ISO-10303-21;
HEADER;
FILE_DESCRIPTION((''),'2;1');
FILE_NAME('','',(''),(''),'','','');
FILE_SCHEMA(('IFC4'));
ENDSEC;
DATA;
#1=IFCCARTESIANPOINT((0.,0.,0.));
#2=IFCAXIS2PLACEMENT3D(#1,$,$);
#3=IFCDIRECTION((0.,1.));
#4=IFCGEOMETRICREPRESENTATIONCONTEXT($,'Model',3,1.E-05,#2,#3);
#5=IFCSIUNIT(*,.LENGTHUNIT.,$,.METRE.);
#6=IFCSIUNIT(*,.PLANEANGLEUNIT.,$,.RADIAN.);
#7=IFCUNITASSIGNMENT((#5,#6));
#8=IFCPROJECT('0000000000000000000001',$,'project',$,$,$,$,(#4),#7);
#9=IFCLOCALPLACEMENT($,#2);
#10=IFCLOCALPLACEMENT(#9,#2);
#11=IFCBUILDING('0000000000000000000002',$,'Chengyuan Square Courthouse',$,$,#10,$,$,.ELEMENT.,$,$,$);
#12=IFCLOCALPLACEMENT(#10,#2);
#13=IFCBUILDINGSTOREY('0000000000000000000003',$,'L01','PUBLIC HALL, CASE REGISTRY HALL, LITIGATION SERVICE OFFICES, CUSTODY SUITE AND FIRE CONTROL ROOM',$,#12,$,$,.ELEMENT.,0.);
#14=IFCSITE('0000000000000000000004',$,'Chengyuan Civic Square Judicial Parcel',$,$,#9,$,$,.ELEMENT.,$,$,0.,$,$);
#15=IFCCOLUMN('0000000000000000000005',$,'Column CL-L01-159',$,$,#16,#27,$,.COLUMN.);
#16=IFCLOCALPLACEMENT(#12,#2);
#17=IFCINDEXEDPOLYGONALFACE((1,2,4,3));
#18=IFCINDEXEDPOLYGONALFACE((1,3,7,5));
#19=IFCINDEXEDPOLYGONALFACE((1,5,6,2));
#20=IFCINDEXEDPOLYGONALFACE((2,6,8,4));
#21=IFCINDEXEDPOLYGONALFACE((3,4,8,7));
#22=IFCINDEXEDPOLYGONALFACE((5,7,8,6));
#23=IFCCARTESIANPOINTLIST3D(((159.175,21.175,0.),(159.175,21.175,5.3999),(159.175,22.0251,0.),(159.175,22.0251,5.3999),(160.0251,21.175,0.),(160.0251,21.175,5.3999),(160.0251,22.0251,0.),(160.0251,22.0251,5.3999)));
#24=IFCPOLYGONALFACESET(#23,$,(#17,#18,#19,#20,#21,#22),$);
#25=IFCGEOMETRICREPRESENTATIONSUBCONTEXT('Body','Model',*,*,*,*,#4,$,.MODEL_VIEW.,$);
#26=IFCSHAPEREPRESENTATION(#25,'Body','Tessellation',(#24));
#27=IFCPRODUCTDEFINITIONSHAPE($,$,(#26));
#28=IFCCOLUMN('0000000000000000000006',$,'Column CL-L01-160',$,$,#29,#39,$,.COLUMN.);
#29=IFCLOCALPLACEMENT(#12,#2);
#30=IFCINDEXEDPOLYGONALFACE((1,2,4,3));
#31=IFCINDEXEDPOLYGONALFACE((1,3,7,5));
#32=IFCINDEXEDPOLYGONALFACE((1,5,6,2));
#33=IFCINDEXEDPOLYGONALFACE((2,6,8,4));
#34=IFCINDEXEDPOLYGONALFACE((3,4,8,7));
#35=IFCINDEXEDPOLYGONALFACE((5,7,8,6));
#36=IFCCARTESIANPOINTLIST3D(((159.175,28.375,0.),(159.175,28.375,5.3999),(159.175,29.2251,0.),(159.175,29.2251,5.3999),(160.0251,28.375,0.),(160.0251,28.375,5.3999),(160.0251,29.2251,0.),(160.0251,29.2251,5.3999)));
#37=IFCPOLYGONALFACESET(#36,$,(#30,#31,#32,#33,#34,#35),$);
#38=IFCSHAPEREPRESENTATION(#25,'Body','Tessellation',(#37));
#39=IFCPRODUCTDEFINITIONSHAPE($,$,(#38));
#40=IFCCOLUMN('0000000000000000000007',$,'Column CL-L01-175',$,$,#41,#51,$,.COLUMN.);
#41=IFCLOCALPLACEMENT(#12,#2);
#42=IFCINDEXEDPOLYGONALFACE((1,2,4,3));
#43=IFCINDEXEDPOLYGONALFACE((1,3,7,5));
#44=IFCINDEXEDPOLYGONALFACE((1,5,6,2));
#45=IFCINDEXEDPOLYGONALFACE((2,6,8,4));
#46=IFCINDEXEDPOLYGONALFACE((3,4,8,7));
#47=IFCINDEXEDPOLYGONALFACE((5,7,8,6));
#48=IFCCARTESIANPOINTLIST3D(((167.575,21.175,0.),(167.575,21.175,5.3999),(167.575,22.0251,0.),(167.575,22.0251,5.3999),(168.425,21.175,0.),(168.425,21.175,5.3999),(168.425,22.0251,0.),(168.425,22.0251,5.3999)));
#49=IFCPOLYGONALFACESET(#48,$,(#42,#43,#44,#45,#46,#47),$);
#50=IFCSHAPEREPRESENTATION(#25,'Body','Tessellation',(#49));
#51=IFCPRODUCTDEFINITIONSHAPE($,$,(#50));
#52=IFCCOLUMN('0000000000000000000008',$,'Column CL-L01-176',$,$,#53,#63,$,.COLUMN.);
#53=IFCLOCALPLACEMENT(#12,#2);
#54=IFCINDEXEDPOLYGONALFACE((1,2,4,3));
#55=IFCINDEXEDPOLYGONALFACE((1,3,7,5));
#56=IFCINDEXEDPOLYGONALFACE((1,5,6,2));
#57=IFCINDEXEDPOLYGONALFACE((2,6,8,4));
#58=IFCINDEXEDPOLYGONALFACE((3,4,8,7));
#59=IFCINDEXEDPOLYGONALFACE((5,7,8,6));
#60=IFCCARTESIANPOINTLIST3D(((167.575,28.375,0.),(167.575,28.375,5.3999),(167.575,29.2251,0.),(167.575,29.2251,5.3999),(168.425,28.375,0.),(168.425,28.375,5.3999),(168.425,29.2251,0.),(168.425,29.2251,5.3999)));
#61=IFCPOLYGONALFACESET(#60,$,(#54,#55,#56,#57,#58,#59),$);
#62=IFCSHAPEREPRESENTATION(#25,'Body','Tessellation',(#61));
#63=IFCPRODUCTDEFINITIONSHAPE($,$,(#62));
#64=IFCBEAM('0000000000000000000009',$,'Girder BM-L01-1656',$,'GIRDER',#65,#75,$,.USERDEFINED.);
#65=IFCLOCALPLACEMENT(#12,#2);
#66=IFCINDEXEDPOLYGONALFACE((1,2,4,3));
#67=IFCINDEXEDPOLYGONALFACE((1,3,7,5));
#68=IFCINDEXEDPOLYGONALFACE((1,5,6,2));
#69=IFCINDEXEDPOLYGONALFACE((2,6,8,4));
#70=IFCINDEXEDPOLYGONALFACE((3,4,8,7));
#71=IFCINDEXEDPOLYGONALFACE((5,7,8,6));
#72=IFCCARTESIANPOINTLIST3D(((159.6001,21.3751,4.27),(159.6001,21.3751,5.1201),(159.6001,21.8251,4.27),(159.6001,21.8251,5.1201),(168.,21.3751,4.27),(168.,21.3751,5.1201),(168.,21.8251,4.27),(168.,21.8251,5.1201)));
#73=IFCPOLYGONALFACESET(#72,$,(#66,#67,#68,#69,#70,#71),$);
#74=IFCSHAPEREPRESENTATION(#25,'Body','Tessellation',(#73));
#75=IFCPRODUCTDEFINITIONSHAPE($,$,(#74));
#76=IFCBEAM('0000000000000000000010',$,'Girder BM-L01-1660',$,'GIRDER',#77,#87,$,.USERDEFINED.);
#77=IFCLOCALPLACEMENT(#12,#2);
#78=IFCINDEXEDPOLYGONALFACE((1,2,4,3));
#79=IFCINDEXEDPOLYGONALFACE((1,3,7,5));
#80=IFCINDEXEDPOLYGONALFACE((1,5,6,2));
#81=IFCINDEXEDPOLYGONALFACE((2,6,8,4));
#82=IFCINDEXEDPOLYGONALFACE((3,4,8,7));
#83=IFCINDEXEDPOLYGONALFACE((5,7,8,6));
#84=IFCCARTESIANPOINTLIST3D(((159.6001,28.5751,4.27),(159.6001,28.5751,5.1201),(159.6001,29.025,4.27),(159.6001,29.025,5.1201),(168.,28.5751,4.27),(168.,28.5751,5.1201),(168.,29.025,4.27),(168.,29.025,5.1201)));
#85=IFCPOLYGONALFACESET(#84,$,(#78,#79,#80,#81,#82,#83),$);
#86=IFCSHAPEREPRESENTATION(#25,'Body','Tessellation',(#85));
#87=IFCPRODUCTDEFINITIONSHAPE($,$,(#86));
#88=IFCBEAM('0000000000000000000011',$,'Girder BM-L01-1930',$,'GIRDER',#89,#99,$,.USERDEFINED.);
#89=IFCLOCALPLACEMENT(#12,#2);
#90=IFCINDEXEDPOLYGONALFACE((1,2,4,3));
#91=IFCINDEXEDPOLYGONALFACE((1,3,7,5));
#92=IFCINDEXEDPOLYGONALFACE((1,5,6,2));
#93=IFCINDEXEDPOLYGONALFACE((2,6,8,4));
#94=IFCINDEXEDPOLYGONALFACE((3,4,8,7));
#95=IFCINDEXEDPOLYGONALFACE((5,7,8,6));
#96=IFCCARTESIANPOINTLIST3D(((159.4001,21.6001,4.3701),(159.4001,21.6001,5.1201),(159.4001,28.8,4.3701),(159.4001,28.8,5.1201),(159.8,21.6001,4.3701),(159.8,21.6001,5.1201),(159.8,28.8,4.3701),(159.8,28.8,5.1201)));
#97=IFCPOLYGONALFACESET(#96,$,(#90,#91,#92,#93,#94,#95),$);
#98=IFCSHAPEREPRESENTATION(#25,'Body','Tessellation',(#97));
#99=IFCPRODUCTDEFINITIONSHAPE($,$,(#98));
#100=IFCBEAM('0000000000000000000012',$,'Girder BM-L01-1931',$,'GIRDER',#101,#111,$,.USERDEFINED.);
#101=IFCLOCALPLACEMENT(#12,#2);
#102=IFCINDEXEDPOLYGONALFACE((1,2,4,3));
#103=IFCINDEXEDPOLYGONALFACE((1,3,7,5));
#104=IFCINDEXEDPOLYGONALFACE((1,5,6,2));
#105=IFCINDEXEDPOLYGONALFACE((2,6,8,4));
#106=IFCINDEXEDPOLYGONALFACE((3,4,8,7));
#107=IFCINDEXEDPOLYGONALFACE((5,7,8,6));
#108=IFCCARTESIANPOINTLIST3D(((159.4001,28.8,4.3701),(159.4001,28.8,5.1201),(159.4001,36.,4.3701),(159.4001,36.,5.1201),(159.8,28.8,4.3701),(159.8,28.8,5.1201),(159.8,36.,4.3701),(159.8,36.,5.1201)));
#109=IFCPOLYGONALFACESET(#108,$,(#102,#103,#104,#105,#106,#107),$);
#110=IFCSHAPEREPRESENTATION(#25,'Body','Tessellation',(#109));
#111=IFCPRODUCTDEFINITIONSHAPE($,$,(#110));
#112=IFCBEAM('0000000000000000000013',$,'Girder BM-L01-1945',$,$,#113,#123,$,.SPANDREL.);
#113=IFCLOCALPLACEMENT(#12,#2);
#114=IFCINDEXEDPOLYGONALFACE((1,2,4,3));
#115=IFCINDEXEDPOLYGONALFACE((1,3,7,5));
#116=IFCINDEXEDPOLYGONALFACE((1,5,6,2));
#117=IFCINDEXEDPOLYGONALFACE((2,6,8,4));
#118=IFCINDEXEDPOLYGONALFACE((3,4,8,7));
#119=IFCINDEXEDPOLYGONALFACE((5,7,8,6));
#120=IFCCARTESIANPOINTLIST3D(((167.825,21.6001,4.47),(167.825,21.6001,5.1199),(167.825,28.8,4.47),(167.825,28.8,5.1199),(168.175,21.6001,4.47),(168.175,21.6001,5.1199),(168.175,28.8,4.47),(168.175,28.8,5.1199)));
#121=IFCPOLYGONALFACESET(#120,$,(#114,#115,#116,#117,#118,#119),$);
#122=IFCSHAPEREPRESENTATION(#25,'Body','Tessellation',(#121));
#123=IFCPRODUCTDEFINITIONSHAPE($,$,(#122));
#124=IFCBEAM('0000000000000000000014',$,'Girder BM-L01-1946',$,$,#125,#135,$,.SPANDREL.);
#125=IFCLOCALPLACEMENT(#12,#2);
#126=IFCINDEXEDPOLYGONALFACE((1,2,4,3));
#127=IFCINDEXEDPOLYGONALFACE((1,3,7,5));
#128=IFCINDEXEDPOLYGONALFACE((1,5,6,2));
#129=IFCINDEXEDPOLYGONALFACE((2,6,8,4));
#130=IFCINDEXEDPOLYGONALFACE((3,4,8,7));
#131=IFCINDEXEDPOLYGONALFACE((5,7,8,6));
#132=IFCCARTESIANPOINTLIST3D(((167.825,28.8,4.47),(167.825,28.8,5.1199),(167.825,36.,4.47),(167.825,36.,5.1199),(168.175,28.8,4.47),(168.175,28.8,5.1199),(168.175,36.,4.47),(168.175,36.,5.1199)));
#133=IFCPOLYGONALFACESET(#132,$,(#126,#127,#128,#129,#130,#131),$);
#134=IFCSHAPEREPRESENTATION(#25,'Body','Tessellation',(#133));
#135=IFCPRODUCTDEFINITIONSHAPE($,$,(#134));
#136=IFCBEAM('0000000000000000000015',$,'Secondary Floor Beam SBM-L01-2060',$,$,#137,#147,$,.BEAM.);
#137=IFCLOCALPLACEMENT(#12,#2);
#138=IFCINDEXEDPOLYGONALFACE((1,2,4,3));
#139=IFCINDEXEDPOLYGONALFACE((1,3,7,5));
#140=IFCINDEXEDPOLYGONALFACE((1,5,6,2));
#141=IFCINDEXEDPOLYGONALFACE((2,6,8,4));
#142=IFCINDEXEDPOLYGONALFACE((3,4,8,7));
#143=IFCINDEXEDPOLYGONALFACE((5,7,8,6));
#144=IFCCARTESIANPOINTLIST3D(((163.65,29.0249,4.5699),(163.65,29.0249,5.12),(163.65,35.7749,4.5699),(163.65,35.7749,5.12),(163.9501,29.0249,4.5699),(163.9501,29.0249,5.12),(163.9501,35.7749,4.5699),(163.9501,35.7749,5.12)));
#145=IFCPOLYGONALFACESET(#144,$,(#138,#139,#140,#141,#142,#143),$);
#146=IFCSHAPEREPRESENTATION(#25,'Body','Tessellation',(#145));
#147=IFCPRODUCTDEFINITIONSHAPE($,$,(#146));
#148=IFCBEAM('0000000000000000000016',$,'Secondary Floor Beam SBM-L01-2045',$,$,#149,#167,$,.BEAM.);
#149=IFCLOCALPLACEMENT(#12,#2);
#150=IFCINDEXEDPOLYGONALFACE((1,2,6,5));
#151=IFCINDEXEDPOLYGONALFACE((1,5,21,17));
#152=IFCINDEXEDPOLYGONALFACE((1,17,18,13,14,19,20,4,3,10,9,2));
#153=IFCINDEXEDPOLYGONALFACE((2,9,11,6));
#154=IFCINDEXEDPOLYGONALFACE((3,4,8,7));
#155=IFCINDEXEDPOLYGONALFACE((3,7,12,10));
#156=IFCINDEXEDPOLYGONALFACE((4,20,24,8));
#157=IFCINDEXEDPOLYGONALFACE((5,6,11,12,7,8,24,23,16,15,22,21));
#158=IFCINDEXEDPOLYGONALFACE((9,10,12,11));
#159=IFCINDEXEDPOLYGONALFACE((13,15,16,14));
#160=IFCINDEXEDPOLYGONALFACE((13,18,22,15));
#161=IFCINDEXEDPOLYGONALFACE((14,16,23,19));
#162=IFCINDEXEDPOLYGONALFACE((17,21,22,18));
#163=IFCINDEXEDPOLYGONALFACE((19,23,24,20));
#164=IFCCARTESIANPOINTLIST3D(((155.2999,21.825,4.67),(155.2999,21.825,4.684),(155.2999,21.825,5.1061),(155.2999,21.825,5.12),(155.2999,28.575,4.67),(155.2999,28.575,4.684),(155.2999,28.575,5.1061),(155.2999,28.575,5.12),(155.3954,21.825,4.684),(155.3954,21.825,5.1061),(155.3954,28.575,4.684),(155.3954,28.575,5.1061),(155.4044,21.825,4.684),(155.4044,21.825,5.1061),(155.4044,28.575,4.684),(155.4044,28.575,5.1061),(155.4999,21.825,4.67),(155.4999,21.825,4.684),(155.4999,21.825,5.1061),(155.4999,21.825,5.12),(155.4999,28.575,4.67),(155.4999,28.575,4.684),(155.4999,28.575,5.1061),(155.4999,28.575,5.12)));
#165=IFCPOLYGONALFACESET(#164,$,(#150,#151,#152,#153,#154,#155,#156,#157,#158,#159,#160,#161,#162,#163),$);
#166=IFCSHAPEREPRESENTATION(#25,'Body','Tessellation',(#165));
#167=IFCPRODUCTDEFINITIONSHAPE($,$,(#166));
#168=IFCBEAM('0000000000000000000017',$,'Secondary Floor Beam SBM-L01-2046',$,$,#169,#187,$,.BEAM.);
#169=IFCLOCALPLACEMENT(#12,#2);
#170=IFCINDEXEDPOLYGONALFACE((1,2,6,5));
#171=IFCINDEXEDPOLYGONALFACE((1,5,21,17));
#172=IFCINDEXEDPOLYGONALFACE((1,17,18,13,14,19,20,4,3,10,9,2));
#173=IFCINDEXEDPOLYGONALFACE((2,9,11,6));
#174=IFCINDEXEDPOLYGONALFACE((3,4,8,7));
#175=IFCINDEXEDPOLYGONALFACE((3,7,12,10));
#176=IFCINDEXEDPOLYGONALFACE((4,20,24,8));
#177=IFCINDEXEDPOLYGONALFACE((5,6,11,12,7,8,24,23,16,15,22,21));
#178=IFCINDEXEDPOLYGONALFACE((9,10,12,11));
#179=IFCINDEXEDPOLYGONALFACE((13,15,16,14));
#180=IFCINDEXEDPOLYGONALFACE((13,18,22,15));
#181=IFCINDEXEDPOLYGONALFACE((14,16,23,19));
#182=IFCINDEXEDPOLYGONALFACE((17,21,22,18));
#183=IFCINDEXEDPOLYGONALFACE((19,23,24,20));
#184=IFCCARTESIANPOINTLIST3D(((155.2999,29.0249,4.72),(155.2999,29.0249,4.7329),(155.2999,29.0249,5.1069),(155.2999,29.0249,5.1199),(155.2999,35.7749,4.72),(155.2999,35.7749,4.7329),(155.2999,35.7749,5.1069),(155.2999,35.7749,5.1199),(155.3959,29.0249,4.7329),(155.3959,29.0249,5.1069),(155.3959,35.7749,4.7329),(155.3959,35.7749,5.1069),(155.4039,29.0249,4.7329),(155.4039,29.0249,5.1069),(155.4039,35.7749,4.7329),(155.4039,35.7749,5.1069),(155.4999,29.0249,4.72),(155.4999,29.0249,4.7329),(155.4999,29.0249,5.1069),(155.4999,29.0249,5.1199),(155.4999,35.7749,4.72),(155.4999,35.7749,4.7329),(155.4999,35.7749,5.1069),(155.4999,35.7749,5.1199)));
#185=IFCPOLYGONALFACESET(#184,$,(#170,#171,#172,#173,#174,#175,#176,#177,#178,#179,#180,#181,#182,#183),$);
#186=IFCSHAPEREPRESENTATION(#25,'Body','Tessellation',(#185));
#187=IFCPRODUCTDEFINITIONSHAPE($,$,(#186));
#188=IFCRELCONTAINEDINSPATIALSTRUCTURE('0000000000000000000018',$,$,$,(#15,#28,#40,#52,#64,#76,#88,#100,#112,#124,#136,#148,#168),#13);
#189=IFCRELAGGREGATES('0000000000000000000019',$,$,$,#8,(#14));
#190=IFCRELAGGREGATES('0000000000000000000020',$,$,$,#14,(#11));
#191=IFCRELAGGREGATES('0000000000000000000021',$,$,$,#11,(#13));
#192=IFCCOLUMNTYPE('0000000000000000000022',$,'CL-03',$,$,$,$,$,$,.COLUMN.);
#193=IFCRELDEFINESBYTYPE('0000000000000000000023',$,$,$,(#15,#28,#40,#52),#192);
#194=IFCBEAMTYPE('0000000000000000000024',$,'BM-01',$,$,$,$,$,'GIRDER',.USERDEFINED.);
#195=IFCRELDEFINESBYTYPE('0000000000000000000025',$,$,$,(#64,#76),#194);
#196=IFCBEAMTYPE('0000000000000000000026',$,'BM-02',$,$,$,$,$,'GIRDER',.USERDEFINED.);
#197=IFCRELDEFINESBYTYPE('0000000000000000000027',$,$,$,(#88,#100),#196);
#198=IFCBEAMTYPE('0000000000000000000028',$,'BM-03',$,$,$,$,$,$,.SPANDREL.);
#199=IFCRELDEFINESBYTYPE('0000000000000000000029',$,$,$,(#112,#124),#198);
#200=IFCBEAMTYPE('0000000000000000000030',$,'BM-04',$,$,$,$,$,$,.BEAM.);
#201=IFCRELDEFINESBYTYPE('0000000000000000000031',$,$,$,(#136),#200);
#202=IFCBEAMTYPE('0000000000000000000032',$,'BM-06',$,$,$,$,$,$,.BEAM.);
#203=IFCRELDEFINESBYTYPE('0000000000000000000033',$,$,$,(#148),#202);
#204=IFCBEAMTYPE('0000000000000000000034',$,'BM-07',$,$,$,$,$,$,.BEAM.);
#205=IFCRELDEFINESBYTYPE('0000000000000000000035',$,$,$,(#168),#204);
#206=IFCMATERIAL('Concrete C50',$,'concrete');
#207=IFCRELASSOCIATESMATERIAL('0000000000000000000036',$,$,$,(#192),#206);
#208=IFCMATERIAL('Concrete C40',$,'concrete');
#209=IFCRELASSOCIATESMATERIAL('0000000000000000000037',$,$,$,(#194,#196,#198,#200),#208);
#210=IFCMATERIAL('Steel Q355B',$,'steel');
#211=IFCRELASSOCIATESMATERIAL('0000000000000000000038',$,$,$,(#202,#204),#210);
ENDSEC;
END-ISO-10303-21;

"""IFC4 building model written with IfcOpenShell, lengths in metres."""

from ifc_helpers import new_model, si_unit, direction, frame, origin, origin_2d, place, context, subcontext, project, spatial, rectangle, i_section, extrude, material, material_profile, profile_set, type_object, element, save


model = new_model("IFC4")

# Units and contexts
model_context = context("Model", 3, precision=1e-05, world=origin(), true_north=direction((0.0, 1.0)))
body_context = subcontext(model_context, "Body", "Model", "MODEL_VIEW")
ifc_project = project(units=[si_unit("LENGTHUNIT", "METRE"), si_unit("PLANEANGLEUNIT", "RADIAN")], contexts=[model_context])

# Site, building, storey
site_placement = place(None, origin())
site = spatial("IfcSite", under=ifc_project, at=site_placement, Name="Chengyuan Civic Square Judicial Parcel", CompositionType="ELEMENT", RefElevation=0.0)
building_placement = place(site_placement, origin())
building = spatial("IfcBuilding", under=site, at=building_placement, Name="Chengyuan Square Courthouse", CompositionType="ELEMENT")
storey_placement = place(building_placement, origin())
storey = spatial("IfcBuildingStorey", under=building, at=storey_placement, Name="L01", Description="PUBLIC HALL, CASE REGISTRY HALL, LITIGATION SERVICE OFFICES, CUSTODY SUITE AND FIRE CONTROL ROOM", CompositionType="ELEMENT", Elevation=0.0)

# Columns
ifc_material_1 = material(Name="Concrete C50", Category="concrete")
ifc_material_profile_1 = material_profile(ifc_material_1, rectangle(XDim=0.8501, YDim=0.8501, at=origin_2d()), Name="RC-COL-850x850")
ifc_profile_set_1 = profile_set([ifc_material_profile_1], Name="Concrete C50")
column_type = type_object("IfcColumnType", Name="CL-03", PredefinedType="COLUMN", material=ifc_profile_set_1)
for number, where, z_axis, x_axis, name in (
    (1, (159.6001, 21.6001, 0.0), (0.0, 0.0, 1.0), (1.0, 0.0, 0.0), "Column CL-L01-159"),
    (2, (159.6001, 28.8, 0.0), (0.0, 0.0, 1.0), (1.0, 0.0, 0.0), "Column CL-L01-160"),
    (3, (168.0, 21.6001, 0.0), (0.0, 0.0, 1.0), (1.0, 0.0, 0.0), "Column CL-L01-175"),
    (4, (168.0, 28.8, 0.0), (0.0, 0.0, 1.0), (1.0, 0.0, 0.0), "Column CL-L01-176"),
):
    element("IfcColumn", number, at=place(storey_placement, frame(where, z_axis=z_axis, x_axis=x_axis)), inside=storey, type_object=column_type, Name=name, PredefinedType="COLUMN", context=body_context, shape_type="SweptSolid", body=[
        extrude(rectangle(XDim=0.8501, YDim=0.8501, at=origin_2d()), origin(), (0.0, 0.0, 1.0), 5.3999),
    ])

# Beams
ifc_material_2 = material(Name="Concrete C40", Category="concrete")
ifc_material_profile_2 = material_profile(ifc_material_2, rectangle(XDim=0.45, YDim=0.8501, at=origin_2d()), Name="RC-BM-450x850")
ifc_profile_set_2 = profile_set([ifc_material_profile_2], Name="Concrete C40")
beam_type_1 = type_object("IfcBeamType", Name="BM-01", ElementType="GIRDER", PredefinedType="USERDEFINED", material=ifc_profile_set_2)
for number, where, z_axis, x_axis, name in (
    (5, (159.6001, 21.6001, 4.6951), (1.0, 0.0, 0.0), (0.0, 1.0, 0.0), "Girder BM-L01-1656"),
    (6, (159.6001, 28.8, 4.6951), (1.0, 0.0, 0.0), (0.0, 1.0, 0.0), "Girder BM-L01-1660"),
):
    element("IfcBeam", number, at=place(storey_placement, frame(where, z_axis=z_axis, x_axis=x_axis)), inside=storey, type_object=beam_type_1, Name=name, ObjectType="GIRDER", PredefinedType="USERDEFINED", context=body_context, shape_type="SweptSolid", body=[
        extrude(rectangle(XDim=0.45, YDim=0.8501, at=origin_2d()), origin(), (0.0, 0.0, 1.0), 8.3999),
    ])
ifc_material_profile_3 = material_profile(ifc_material_2, rectangle(XDim=0.3999, YDim=0.75, at=origin_2d()), Name="RC-BM-400x750")
ifc_profile_set_3 = profile_set([ifc_material_profile_3], Name="Concrete C40")
beam_type_2 = type_object("IfcBeamType", Name="BM-02", ElementType="GIRDER", PredefinedType="USERDEFINED", material=ifc_profile_set_3)
for number, where, z_axis, x_axis, name in (
    (7, (159.6001, 21.6001, 4.7451), (0.0, 1.0, 0.0), (-1.0, 0.0, 0.0), "Girder BM-L01-1930"),
    (8, (159.6001, 28.8, 4.7451), (0.0, 1.0, 0.0), (-1.0, 0.0, 0.0), "Girder BM-L01-1931"),
):
    element("IfcBeam", number, at=place(storey_placement, frame(where, z_axis=z_axis, x_axis=x_axis)), inside=storey, type_object=beam_type_2, Name=name, ObjectType="GIRDER", PredefinedType="USERDEFINED", context=body_context, shape_type="SweptSolid", body=[
        extrude(rectangle(XDim=0.3999, YDim=0.75, at=origin_2d()), origin(), (0.0, 0.0, 1.0), 7.2),
    ])
ifc_material_profile_4 = material_profile(ifc_material_2, rectangle(XDim=0.3501, YDim=0.6499, at=origin_2d()), Name="RC-BM-350x650")
ifc_profile_set_4 = profile_set([ifc_material_profile_4], Name="Concrete C40")
beam_type_3 = type_object("IfcBeamType", Name="BM-03", PredefinedType="SPANDREL", material=ifc_profile_set_4)
for number, where, z_axis, x_axis, name in (
    (9, (168.0, 21.6001, 4.7949), (0.0, 1.0, 0.0), (-1.0, 0.0, 0.0), "Girder BM-L01-1945"),
    (10, (168.0, 28.8, 4.7949), (0.0, 1.0, 0.0), (-1.0, 0.0, 0.0), "Girder BM-L01-1946"),
):
    element("IfcBeam", number, at=place(storey_placement, frame(where, z_axis=z_axis, x_axis=x_axis)), inside=storey, type_object=beam_type_3, Name=name, PredefinedType="SPANDREL", context=body_context, shape_type="SweptSolid", body=[
        extrude(rectangle(XDim=0.3501, YDim=0.6499, at=origin_2d()), origin(), (0.0, 0.0, 1.0), 7.2),
    ])
ifc_material_profile_5 = material_profile(ifc_material_2, rectangle(XDim=0.3, YDim=0.55, at=origin_2d()), Name="RC-BM-300x550")
ifc_profile_set_5 = profile_set([ifc_material_profile_5], Name="Concrete C40")
beam_type_4 = type_object("IfcBeamType", Name="BM-04", PredefinedType="BEAM", material=ifc_profile_set_5)
beam_1_placement = place(storey_placement, frame((163.8, 29.0249, 4.845), z_axis=(0.0, 1.0, 0.0), x_axis=(-1.0, 0.0, 0.0)))
element("IfcBeam", 11, at=beam_1_placement, inside=storey, type_object=beam_type_4, Name="Secondary Floor Beam SBM-L01-2060", PredefinedType="BEAM", context=body_context, shape_type="SweptSolid", body=[
    extrude(rectangle(XDim=0.3, YDim=0.55, at=origin_2d()), origin(), (0.0, 0.0, 1.0), 6.75),
])
ifc_material_3 = material(Name="Steel Q355B", Category="steel")
ifc_material_profile_6 = material_profile(ifc_material_3, i_section(OverallWidth=0.2, OverallDepth=0.45, WebThickness=0.009, FlangeThickness=0.0139, at=origin_2d()), Name="HN 450x200x9x14")
ifc_profile_set_6 = profile_set([ifc_material_profile_6], Name="Steel Q355B")
beam_type_5 = type_object("IfcBeamType", Name="BM-06", PredefinedType="BEAM", material=ifc_profile_set_6)
beam_2_placement = place(storey_placement, frame((155.3999, 21.825, 4.895), z_axis=(0.0, 1.0, 0.0), x_axis=(-1.0, 0.0, 0.0)))
element("IfcBeam", 12, at=beam_2_placement, inside=storey, type_object=beam_type_5, Name="Secondary Floor Beam SBM-L01-2045", PredefinedType="BEAM", context=body_context, shape_type="SweptSolid", body=[
    extrude(i_section(OverallWidth=0.2, OverallDepth=0.45, WebThickness=0.009, FlangeThickness=0.0139, at=origin_2d()), origin(), (0.0, 0.0, 1.0), 6.75),
])
ifc_material_profile_7 = material_profile(ifc_material_3, i_section(OverallWidth=0.2, OverallDepth=0.3999, WebThickness=0.0081, FlangeThickness=0.0129, at=origin_2d()), Name="HN 400x200x8x13")
ifc_profile_set_7 = profile_set([ifc_material_profile_7], Name="Steel Q355B")
beam_type_6 = type_object("IfcBeamType", Name="BM-07", PredefinedType="BEAM", material=ifc_profile_set_7)
for number, where, z_axis, x_axis, name in (
    (13, (155.3999, 29.0249, 4.9199), (0.0, 1.0, 0.0), (-1.0, 0.0, 0.0), "Secondary Floor Beam SBM-L01-2046"),
):
    element("IfcBeam", number, at=place(storey_placement, frame(where, z_axis=z_axis, x_axis=x_axis)), inside=storey, type_object=beam_type_6, Name=name, PredefinedType="BEAM", context=body_context, shape_type="SweptSolid", body=[
        extrude(i_section(OverallWidth=0.2, OverallDepth=0.3999, WebThickness=0.0081, FlangeThickness=0.0129, at=origin_2d()), origin(), (0.0, 0.0, 1.0), 6.75),
    ])

save(model, "model.ifc")
